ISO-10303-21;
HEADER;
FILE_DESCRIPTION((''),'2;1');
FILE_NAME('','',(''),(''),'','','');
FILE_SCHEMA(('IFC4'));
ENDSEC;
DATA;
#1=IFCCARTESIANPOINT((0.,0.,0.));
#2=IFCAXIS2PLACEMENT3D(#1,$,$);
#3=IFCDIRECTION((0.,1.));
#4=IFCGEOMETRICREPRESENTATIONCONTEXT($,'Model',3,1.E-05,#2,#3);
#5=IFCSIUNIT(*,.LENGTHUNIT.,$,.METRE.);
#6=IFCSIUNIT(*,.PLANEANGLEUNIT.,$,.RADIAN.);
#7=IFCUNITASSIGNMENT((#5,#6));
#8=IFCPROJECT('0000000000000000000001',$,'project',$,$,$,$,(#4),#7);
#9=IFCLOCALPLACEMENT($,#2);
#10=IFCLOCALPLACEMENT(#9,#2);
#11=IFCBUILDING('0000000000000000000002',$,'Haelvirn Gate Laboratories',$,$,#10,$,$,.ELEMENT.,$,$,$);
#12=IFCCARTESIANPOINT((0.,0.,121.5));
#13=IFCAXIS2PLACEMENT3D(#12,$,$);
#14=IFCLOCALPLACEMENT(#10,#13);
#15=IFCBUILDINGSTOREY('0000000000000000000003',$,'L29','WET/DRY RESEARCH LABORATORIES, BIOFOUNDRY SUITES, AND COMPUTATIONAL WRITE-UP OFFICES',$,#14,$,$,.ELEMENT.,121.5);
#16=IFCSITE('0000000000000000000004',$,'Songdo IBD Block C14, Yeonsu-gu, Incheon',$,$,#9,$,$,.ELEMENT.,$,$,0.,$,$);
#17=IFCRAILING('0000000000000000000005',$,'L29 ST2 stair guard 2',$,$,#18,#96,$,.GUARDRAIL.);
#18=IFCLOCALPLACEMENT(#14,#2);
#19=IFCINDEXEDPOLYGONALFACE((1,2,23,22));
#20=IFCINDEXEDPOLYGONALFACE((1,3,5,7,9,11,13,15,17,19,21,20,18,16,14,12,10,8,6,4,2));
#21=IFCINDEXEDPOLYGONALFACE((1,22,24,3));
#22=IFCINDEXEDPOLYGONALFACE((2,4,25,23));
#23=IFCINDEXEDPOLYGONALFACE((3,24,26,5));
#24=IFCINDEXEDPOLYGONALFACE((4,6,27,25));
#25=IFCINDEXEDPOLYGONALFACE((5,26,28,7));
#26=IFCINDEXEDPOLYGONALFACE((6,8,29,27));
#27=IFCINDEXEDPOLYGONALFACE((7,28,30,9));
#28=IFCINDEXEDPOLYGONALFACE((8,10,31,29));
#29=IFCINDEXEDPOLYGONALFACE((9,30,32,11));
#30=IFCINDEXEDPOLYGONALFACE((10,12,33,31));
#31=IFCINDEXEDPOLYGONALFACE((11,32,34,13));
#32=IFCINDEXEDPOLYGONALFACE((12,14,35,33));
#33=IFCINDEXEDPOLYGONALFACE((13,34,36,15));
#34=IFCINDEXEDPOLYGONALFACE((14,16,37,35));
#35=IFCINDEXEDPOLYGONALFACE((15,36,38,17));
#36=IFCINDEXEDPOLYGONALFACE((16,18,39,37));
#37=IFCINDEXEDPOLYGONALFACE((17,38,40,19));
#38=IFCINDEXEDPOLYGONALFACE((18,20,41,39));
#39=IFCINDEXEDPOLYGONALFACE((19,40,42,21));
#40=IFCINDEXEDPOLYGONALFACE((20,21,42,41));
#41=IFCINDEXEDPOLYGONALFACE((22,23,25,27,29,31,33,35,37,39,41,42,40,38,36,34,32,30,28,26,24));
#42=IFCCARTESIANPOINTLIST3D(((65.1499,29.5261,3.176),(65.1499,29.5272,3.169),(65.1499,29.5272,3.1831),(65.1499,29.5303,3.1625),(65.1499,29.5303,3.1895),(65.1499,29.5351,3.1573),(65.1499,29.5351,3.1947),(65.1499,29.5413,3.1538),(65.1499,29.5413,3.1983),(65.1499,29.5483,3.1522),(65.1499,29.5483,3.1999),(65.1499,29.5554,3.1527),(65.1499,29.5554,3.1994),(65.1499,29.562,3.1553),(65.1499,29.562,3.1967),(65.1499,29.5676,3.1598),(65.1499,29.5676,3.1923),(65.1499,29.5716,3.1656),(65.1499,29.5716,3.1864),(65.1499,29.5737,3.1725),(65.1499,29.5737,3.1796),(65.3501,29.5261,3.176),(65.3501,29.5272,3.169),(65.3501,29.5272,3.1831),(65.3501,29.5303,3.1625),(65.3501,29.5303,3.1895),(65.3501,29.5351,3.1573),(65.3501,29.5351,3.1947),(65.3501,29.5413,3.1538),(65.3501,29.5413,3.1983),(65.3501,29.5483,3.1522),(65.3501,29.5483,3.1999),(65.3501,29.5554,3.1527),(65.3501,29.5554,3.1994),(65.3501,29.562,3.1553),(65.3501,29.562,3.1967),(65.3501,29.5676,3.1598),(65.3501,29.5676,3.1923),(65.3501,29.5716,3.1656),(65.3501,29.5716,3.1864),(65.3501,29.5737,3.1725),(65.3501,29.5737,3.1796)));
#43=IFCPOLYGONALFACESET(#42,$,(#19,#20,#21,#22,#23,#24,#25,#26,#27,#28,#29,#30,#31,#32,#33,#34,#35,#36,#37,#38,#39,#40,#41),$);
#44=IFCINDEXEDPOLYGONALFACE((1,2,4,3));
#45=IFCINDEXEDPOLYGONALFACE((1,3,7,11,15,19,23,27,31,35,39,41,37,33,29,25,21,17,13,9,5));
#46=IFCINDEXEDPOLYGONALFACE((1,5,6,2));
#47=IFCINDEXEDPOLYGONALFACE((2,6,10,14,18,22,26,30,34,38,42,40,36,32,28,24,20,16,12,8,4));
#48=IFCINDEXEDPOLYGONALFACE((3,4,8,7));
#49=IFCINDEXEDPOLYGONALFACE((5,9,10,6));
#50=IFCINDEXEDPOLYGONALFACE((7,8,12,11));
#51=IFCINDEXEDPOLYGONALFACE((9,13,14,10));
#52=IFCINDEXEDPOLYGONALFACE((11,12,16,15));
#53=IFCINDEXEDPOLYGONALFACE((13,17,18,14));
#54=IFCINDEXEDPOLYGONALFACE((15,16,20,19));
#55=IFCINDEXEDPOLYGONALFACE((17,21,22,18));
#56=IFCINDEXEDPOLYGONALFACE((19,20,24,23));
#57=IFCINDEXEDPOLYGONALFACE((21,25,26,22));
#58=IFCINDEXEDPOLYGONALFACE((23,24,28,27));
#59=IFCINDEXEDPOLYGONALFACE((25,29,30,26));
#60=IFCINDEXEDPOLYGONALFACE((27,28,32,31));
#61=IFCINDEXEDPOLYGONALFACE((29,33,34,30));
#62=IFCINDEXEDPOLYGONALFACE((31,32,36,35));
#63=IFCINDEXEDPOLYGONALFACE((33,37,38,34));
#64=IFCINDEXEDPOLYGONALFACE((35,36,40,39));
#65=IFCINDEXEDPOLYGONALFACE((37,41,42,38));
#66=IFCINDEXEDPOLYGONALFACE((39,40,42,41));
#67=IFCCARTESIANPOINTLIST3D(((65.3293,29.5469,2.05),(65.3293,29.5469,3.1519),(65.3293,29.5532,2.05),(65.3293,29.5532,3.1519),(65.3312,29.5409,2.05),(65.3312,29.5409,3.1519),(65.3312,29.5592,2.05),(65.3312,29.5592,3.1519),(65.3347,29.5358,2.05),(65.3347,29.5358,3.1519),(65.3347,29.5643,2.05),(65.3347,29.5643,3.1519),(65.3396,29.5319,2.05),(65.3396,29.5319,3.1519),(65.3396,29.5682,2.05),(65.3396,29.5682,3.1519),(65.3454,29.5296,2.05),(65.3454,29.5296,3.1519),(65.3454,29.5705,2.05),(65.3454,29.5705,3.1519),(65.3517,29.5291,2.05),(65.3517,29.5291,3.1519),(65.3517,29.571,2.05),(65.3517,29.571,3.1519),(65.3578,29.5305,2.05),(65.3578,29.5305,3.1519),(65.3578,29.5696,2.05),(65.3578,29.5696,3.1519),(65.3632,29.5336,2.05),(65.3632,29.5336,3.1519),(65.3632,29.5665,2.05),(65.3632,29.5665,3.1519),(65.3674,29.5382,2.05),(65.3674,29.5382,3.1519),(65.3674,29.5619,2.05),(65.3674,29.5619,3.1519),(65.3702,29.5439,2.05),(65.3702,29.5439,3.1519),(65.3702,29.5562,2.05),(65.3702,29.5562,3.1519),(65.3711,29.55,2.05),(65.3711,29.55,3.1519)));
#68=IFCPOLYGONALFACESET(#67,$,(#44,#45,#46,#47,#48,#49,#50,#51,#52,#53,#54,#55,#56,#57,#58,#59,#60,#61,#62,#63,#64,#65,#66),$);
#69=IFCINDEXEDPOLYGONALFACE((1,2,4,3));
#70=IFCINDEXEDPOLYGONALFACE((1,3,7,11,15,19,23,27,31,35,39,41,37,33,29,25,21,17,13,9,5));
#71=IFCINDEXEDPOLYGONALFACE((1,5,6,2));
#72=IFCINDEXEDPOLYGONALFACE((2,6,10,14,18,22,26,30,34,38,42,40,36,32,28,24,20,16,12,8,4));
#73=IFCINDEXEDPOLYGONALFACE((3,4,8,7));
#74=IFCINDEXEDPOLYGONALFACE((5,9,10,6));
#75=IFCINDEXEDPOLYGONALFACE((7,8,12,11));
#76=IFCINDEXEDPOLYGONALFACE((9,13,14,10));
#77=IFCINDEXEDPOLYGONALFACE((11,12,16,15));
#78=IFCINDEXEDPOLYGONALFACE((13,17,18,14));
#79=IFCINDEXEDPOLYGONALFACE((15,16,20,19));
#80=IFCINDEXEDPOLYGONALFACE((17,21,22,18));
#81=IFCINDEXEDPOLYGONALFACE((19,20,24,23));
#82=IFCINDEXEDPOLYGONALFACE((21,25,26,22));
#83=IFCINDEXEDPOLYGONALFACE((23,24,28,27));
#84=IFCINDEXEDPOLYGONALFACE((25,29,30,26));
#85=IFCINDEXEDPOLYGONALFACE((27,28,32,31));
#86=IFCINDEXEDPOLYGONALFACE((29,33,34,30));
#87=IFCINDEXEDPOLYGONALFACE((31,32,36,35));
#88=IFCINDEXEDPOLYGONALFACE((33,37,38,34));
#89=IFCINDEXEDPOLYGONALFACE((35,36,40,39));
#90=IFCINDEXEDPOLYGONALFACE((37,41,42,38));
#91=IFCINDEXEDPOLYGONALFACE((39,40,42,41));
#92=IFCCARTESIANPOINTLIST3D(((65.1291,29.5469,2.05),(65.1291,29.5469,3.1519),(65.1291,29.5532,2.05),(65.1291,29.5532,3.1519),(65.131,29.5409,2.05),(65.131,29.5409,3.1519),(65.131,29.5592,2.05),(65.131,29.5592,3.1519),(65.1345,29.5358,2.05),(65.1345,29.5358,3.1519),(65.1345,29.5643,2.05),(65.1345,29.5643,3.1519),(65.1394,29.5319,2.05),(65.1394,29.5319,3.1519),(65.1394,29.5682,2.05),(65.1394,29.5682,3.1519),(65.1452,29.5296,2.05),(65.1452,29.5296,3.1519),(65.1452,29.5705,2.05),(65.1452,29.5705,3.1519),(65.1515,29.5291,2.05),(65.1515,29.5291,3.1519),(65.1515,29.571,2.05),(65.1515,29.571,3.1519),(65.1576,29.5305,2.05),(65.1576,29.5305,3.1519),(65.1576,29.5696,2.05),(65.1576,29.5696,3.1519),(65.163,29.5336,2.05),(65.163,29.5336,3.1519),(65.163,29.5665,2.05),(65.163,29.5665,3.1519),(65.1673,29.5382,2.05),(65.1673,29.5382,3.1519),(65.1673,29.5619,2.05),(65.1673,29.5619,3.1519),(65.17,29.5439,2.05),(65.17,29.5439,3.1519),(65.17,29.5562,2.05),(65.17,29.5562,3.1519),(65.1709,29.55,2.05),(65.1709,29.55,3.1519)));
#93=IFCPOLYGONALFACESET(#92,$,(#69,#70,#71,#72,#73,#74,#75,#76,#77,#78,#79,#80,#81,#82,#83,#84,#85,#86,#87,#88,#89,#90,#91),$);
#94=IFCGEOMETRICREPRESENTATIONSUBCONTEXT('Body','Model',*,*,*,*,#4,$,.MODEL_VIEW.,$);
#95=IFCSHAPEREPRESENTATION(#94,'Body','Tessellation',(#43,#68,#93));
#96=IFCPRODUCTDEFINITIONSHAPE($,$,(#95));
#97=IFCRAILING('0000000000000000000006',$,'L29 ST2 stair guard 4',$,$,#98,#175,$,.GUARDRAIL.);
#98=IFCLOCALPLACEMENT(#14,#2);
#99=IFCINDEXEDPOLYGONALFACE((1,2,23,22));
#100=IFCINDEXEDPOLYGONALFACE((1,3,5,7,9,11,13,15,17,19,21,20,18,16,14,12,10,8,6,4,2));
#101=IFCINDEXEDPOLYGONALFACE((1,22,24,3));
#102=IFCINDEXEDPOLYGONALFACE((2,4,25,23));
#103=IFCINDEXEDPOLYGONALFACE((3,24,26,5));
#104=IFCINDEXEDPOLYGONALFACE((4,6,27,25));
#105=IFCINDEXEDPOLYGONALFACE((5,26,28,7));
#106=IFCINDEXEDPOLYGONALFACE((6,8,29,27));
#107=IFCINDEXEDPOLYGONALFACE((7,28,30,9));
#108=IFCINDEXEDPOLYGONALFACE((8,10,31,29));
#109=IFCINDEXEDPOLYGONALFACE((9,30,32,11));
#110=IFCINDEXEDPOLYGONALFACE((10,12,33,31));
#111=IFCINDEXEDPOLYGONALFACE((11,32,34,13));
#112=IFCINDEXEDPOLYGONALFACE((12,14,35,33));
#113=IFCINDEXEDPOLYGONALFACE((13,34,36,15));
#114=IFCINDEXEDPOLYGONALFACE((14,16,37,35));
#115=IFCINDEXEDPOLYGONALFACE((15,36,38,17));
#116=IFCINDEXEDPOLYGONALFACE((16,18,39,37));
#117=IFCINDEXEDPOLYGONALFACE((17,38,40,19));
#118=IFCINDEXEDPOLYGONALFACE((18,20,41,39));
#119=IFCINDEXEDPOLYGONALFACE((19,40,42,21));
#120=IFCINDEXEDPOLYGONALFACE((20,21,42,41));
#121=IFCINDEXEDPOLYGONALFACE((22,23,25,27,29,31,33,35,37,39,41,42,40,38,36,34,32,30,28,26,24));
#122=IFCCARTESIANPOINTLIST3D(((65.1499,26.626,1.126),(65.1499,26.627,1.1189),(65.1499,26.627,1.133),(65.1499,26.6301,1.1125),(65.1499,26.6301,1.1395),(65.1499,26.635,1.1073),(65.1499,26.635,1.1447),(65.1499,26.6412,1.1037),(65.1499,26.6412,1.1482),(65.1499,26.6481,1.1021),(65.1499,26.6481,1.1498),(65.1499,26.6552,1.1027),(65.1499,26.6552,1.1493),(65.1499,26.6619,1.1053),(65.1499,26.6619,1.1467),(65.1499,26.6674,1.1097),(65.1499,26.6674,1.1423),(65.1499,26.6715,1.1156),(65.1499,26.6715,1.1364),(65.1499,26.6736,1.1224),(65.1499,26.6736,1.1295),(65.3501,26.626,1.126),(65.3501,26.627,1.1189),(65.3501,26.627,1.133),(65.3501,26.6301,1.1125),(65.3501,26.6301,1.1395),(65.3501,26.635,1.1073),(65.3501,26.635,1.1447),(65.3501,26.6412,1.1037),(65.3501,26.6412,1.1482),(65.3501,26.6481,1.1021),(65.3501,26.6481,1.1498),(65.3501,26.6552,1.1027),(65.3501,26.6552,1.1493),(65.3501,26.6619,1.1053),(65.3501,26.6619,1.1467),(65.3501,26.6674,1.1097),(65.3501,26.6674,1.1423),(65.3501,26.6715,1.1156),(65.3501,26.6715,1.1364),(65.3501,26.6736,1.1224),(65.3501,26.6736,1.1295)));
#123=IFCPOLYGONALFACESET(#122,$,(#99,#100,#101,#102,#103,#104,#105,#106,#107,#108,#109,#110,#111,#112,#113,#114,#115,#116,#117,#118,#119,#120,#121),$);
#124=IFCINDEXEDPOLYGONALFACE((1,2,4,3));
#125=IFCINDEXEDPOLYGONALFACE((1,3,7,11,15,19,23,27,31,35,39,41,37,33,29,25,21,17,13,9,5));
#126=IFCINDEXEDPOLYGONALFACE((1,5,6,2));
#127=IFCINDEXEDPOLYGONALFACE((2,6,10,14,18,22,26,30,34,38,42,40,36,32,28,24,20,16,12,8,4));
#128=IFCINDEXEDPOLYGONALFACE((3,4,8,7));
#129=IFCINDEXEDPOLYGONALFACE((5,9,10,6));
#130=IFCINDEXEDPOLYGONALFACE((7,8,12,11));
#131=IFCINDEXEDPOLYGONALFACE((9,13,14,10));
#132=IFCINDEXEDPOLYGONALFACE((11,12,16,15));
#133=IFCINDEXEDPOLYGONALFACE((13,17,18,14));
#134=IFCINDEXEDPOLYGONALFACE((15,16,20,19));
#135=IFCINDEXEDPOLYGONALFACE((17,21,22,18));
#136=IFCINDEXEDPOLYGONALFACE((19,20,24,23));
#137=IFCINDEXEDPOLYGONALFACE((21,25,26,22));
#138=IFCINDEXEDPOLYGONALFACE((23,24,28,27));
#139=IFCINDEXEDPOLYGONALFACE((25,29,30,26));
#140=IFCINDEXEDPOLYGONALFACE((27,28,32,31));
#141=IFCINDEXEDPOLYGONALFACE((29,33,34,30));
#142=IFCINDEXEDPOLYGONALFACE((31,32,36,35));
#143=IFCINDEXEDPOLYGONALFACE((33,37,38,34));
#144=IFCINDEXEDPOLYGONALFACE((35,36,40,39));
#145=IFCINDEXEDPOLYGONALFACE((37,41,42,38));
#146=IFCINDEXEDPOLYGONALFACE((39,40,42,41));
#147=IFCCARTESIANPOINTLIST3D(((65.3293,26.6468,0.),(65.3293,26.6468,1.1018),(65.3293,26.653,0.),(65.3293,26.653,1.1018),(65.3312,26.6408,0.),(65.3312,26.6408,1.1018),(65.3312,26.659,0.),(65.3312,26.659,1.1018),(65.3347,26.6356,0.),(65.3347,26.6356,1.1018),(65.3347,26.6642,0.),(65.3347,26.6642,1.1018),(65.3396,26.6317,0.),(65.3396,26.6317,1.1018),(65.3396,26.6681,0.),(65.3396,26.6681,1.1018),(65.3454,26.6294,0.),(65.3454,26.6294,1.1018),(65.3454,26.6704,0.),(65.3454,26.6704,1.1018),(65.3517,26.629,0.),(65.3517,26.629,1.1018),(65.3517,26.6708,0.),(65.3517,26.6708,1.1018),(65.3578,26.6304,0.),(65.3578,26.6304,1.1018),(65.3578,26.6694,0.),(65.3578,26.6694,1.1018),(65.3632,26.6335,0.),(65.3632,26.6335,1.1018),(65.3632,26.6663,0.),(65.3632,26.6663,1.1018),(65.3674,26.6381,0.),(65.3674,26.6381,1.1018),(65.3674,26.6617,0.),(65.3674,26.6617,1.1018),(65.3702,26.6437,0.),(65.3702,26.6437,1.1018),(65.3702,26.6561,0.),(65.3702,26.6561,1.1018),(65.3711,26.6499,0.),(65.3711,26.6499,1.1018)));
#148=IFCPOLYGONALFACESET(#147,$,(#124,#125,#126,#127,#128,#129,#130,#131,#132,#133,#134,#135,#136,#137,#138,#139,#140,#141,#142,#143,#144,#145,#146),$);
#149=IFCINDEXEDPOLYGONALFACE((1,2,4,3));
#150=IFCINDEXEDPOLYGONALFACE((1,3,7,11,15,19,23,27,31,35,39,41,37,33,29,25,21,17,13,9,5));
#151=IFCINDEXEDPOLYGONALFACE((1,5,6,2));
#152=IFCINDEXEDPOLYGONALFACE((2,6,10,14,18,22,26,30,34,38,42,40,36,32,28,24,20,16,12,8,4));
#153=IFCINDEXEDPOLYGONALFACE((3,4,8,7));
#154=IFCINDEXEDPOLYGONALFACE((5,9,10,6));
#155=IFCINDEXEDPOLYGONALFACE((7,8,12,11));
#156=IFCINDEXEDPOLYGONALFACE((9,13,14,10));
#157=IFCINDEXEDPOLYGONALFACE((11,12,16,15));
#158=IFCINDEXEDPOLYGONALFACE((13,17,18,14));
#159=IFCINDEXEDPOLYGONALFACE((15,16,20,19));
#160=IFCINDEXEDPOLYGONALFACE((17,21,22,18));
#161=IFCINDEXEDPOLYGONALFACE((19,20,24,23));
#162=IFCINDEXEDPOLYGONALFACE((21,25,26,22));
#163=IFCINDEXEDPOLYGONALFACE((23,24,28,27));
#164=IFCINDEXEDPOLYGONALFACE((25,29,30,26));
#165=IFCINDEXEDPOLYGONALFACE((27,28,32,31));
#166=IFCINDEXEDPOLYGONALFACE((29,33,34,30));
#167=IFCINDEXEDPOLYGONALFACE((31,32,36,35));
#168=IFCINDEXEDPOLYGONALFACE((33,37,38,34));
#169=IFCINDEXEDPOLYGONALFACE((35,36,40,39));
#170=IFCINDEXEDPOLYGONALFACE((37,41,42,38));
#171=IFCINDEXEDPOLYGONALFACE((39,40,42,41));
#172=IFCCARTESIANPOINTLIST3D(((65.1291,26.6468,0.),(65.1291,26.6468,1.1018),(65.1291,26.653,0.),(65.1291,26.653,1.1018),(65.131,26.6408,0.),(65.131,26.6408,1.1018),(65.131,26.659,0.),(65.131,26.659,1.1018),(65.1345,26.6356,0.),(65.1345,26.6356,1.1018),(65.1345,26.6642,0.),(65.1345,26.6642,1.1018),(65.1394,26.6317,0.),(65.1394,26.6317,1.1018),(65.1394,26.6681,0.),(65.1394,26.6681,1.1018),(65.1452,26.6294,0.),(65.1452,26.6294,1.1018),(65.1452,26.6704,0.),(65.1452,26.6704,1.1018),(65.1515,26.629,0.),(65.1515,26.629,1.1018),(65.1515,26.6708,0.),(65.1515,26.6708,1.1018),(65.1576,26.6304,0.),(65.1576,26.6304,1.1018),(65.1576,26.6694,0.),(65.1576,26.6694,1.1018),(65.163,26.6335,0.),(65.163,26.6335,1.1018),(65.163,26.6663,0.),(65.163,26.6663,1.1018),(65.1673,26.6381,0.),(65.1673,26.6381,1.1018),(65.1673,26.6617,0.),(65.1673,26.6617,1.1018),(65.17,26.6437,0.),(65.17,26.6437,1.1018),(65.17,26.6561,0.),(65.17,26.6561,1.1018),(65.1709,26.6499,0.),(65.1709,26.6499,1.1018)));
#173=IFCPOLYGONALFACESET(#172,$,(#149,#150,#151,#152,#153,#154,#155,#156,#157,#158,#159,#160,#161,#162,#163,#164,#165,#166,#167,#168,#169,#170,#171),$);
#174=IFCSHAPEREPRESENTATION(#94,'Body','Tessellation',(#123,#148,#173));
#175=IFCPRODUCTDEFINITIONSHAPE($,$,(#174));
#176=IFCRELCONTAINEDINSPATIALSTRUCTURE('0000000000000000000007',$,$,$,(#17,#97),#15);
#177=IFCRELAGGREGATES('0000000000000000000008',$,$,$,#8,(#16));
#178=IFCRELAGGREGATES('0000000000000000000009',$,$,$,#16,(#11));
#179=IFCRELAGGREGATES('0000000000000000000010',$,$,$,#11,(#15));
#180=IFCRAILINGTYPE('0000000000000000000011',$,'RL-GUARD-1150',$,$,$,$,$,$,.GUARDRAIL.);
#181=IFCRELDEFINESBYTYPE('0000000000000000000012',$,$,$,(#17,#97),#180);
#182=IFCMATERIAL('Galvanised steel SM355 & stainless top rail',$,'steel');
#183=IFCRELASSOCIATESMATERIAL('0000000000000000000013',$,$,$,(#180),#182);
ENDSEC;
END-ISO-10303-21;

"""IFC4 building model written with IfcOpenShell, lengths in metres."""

from ifc_helpers import new_model, si_unit, direction, frame, origin, origin_2d, place, context, subcontext, project, spatial, circle, extrude, source, transform, mapped, material, type_object, element, save


model = new_model("IFC4")

# Units and contexts
model_context = context("Model", 3, precision=1e-05, world=origin(), true_north=direction((0.0, 1.0)))
body_context = subcontext(model_context, "Body", "Model", "MODEL_VIEW")
ifc_project = project(units=[si_unit("LENGTHUNIT", "METRE"), si_unit("PLANEANGLEUNIT", "RADIAN")], contexts=[model_context])

# Site, building, storey
site_placement = place(None, origin())
site = spatial("IfcSite", under=ifc_project, at=site_placement, Name="Songdo IBD Block C14, Yeonsu-gu, Incheon", CompositionType="ELEMENT", RefElevation=0.0)
building_placement = place(site_placement, origin())
building = spatial("IfcBuilding", under=site, at=building_placement, Name="Haelvirn Gate Laboratories", CompositionType="ELEMENT")
storey_placement = place(building_placement, frame((0.0, 0.0, 121.5)))
storey = spatial("IfcBuildingStorey", under=building, at=storey_placement, Name="L29", Description="WET/DRY RESEARCH LABORATORIES, BIOFOUNDRY SUITES, AND COMPUTATIONAL WRITE-UP OFFICES", CompositionType="ELEMENT", Elevation=121.5)

# Railings
ifc_material_1 = material(Name="Galvanised steel SM355 & stainless top rail", Category="steel")
railing_type_1 = type_object("IfcRailingType", Name="RL-GUARD-1150", PredefinedType="GUARDRAIL", material=ifc_material_1)
shared_shape_1 = source(origin(), body_context, "Body", "SweptSolid", [
    extrude(circle(Radius=0.0239, at=origin_2d()), frame((0.0, 0.0, 1.126), z_axis=(-1.0, 0.0, 0.0), x_axis=(0.0, -1.0, 0.0)), (0.0, 0.0, 1.0), 0.2002),
    extrude(circle(Radius=0.021, at=origin_2d()), origin(), (0.0, 0.0, 1.0), 1.1018),
    extrude(circle(Radius=0.021, at=origin_2d()), frame((-0.2002, 0.0, 0.0)), (0.0, 0.0, 1.0), 1.1018),
])
for number, where, name in (
    (1, (65.3501, 29.55, 2.05), "L29 ST2 stair guard 2"),
    (2, (65.3501, 26.6499, 0.0), "L29 ST2 stair guard 4"),
):
    element("IfcRailing", number, at=place(storey_placement, frame(where)), inside=storey, type_object=railing_type_1, Name=name, PredefinedType="GUARDRAIL", context=body_context, shape_type="MappedRepresentation", body=[
        mapped(shared_shape_1, transform((0.0, 0.0, 0.0), scale=1.0)),
    ])

save(model, "model.ifc")
